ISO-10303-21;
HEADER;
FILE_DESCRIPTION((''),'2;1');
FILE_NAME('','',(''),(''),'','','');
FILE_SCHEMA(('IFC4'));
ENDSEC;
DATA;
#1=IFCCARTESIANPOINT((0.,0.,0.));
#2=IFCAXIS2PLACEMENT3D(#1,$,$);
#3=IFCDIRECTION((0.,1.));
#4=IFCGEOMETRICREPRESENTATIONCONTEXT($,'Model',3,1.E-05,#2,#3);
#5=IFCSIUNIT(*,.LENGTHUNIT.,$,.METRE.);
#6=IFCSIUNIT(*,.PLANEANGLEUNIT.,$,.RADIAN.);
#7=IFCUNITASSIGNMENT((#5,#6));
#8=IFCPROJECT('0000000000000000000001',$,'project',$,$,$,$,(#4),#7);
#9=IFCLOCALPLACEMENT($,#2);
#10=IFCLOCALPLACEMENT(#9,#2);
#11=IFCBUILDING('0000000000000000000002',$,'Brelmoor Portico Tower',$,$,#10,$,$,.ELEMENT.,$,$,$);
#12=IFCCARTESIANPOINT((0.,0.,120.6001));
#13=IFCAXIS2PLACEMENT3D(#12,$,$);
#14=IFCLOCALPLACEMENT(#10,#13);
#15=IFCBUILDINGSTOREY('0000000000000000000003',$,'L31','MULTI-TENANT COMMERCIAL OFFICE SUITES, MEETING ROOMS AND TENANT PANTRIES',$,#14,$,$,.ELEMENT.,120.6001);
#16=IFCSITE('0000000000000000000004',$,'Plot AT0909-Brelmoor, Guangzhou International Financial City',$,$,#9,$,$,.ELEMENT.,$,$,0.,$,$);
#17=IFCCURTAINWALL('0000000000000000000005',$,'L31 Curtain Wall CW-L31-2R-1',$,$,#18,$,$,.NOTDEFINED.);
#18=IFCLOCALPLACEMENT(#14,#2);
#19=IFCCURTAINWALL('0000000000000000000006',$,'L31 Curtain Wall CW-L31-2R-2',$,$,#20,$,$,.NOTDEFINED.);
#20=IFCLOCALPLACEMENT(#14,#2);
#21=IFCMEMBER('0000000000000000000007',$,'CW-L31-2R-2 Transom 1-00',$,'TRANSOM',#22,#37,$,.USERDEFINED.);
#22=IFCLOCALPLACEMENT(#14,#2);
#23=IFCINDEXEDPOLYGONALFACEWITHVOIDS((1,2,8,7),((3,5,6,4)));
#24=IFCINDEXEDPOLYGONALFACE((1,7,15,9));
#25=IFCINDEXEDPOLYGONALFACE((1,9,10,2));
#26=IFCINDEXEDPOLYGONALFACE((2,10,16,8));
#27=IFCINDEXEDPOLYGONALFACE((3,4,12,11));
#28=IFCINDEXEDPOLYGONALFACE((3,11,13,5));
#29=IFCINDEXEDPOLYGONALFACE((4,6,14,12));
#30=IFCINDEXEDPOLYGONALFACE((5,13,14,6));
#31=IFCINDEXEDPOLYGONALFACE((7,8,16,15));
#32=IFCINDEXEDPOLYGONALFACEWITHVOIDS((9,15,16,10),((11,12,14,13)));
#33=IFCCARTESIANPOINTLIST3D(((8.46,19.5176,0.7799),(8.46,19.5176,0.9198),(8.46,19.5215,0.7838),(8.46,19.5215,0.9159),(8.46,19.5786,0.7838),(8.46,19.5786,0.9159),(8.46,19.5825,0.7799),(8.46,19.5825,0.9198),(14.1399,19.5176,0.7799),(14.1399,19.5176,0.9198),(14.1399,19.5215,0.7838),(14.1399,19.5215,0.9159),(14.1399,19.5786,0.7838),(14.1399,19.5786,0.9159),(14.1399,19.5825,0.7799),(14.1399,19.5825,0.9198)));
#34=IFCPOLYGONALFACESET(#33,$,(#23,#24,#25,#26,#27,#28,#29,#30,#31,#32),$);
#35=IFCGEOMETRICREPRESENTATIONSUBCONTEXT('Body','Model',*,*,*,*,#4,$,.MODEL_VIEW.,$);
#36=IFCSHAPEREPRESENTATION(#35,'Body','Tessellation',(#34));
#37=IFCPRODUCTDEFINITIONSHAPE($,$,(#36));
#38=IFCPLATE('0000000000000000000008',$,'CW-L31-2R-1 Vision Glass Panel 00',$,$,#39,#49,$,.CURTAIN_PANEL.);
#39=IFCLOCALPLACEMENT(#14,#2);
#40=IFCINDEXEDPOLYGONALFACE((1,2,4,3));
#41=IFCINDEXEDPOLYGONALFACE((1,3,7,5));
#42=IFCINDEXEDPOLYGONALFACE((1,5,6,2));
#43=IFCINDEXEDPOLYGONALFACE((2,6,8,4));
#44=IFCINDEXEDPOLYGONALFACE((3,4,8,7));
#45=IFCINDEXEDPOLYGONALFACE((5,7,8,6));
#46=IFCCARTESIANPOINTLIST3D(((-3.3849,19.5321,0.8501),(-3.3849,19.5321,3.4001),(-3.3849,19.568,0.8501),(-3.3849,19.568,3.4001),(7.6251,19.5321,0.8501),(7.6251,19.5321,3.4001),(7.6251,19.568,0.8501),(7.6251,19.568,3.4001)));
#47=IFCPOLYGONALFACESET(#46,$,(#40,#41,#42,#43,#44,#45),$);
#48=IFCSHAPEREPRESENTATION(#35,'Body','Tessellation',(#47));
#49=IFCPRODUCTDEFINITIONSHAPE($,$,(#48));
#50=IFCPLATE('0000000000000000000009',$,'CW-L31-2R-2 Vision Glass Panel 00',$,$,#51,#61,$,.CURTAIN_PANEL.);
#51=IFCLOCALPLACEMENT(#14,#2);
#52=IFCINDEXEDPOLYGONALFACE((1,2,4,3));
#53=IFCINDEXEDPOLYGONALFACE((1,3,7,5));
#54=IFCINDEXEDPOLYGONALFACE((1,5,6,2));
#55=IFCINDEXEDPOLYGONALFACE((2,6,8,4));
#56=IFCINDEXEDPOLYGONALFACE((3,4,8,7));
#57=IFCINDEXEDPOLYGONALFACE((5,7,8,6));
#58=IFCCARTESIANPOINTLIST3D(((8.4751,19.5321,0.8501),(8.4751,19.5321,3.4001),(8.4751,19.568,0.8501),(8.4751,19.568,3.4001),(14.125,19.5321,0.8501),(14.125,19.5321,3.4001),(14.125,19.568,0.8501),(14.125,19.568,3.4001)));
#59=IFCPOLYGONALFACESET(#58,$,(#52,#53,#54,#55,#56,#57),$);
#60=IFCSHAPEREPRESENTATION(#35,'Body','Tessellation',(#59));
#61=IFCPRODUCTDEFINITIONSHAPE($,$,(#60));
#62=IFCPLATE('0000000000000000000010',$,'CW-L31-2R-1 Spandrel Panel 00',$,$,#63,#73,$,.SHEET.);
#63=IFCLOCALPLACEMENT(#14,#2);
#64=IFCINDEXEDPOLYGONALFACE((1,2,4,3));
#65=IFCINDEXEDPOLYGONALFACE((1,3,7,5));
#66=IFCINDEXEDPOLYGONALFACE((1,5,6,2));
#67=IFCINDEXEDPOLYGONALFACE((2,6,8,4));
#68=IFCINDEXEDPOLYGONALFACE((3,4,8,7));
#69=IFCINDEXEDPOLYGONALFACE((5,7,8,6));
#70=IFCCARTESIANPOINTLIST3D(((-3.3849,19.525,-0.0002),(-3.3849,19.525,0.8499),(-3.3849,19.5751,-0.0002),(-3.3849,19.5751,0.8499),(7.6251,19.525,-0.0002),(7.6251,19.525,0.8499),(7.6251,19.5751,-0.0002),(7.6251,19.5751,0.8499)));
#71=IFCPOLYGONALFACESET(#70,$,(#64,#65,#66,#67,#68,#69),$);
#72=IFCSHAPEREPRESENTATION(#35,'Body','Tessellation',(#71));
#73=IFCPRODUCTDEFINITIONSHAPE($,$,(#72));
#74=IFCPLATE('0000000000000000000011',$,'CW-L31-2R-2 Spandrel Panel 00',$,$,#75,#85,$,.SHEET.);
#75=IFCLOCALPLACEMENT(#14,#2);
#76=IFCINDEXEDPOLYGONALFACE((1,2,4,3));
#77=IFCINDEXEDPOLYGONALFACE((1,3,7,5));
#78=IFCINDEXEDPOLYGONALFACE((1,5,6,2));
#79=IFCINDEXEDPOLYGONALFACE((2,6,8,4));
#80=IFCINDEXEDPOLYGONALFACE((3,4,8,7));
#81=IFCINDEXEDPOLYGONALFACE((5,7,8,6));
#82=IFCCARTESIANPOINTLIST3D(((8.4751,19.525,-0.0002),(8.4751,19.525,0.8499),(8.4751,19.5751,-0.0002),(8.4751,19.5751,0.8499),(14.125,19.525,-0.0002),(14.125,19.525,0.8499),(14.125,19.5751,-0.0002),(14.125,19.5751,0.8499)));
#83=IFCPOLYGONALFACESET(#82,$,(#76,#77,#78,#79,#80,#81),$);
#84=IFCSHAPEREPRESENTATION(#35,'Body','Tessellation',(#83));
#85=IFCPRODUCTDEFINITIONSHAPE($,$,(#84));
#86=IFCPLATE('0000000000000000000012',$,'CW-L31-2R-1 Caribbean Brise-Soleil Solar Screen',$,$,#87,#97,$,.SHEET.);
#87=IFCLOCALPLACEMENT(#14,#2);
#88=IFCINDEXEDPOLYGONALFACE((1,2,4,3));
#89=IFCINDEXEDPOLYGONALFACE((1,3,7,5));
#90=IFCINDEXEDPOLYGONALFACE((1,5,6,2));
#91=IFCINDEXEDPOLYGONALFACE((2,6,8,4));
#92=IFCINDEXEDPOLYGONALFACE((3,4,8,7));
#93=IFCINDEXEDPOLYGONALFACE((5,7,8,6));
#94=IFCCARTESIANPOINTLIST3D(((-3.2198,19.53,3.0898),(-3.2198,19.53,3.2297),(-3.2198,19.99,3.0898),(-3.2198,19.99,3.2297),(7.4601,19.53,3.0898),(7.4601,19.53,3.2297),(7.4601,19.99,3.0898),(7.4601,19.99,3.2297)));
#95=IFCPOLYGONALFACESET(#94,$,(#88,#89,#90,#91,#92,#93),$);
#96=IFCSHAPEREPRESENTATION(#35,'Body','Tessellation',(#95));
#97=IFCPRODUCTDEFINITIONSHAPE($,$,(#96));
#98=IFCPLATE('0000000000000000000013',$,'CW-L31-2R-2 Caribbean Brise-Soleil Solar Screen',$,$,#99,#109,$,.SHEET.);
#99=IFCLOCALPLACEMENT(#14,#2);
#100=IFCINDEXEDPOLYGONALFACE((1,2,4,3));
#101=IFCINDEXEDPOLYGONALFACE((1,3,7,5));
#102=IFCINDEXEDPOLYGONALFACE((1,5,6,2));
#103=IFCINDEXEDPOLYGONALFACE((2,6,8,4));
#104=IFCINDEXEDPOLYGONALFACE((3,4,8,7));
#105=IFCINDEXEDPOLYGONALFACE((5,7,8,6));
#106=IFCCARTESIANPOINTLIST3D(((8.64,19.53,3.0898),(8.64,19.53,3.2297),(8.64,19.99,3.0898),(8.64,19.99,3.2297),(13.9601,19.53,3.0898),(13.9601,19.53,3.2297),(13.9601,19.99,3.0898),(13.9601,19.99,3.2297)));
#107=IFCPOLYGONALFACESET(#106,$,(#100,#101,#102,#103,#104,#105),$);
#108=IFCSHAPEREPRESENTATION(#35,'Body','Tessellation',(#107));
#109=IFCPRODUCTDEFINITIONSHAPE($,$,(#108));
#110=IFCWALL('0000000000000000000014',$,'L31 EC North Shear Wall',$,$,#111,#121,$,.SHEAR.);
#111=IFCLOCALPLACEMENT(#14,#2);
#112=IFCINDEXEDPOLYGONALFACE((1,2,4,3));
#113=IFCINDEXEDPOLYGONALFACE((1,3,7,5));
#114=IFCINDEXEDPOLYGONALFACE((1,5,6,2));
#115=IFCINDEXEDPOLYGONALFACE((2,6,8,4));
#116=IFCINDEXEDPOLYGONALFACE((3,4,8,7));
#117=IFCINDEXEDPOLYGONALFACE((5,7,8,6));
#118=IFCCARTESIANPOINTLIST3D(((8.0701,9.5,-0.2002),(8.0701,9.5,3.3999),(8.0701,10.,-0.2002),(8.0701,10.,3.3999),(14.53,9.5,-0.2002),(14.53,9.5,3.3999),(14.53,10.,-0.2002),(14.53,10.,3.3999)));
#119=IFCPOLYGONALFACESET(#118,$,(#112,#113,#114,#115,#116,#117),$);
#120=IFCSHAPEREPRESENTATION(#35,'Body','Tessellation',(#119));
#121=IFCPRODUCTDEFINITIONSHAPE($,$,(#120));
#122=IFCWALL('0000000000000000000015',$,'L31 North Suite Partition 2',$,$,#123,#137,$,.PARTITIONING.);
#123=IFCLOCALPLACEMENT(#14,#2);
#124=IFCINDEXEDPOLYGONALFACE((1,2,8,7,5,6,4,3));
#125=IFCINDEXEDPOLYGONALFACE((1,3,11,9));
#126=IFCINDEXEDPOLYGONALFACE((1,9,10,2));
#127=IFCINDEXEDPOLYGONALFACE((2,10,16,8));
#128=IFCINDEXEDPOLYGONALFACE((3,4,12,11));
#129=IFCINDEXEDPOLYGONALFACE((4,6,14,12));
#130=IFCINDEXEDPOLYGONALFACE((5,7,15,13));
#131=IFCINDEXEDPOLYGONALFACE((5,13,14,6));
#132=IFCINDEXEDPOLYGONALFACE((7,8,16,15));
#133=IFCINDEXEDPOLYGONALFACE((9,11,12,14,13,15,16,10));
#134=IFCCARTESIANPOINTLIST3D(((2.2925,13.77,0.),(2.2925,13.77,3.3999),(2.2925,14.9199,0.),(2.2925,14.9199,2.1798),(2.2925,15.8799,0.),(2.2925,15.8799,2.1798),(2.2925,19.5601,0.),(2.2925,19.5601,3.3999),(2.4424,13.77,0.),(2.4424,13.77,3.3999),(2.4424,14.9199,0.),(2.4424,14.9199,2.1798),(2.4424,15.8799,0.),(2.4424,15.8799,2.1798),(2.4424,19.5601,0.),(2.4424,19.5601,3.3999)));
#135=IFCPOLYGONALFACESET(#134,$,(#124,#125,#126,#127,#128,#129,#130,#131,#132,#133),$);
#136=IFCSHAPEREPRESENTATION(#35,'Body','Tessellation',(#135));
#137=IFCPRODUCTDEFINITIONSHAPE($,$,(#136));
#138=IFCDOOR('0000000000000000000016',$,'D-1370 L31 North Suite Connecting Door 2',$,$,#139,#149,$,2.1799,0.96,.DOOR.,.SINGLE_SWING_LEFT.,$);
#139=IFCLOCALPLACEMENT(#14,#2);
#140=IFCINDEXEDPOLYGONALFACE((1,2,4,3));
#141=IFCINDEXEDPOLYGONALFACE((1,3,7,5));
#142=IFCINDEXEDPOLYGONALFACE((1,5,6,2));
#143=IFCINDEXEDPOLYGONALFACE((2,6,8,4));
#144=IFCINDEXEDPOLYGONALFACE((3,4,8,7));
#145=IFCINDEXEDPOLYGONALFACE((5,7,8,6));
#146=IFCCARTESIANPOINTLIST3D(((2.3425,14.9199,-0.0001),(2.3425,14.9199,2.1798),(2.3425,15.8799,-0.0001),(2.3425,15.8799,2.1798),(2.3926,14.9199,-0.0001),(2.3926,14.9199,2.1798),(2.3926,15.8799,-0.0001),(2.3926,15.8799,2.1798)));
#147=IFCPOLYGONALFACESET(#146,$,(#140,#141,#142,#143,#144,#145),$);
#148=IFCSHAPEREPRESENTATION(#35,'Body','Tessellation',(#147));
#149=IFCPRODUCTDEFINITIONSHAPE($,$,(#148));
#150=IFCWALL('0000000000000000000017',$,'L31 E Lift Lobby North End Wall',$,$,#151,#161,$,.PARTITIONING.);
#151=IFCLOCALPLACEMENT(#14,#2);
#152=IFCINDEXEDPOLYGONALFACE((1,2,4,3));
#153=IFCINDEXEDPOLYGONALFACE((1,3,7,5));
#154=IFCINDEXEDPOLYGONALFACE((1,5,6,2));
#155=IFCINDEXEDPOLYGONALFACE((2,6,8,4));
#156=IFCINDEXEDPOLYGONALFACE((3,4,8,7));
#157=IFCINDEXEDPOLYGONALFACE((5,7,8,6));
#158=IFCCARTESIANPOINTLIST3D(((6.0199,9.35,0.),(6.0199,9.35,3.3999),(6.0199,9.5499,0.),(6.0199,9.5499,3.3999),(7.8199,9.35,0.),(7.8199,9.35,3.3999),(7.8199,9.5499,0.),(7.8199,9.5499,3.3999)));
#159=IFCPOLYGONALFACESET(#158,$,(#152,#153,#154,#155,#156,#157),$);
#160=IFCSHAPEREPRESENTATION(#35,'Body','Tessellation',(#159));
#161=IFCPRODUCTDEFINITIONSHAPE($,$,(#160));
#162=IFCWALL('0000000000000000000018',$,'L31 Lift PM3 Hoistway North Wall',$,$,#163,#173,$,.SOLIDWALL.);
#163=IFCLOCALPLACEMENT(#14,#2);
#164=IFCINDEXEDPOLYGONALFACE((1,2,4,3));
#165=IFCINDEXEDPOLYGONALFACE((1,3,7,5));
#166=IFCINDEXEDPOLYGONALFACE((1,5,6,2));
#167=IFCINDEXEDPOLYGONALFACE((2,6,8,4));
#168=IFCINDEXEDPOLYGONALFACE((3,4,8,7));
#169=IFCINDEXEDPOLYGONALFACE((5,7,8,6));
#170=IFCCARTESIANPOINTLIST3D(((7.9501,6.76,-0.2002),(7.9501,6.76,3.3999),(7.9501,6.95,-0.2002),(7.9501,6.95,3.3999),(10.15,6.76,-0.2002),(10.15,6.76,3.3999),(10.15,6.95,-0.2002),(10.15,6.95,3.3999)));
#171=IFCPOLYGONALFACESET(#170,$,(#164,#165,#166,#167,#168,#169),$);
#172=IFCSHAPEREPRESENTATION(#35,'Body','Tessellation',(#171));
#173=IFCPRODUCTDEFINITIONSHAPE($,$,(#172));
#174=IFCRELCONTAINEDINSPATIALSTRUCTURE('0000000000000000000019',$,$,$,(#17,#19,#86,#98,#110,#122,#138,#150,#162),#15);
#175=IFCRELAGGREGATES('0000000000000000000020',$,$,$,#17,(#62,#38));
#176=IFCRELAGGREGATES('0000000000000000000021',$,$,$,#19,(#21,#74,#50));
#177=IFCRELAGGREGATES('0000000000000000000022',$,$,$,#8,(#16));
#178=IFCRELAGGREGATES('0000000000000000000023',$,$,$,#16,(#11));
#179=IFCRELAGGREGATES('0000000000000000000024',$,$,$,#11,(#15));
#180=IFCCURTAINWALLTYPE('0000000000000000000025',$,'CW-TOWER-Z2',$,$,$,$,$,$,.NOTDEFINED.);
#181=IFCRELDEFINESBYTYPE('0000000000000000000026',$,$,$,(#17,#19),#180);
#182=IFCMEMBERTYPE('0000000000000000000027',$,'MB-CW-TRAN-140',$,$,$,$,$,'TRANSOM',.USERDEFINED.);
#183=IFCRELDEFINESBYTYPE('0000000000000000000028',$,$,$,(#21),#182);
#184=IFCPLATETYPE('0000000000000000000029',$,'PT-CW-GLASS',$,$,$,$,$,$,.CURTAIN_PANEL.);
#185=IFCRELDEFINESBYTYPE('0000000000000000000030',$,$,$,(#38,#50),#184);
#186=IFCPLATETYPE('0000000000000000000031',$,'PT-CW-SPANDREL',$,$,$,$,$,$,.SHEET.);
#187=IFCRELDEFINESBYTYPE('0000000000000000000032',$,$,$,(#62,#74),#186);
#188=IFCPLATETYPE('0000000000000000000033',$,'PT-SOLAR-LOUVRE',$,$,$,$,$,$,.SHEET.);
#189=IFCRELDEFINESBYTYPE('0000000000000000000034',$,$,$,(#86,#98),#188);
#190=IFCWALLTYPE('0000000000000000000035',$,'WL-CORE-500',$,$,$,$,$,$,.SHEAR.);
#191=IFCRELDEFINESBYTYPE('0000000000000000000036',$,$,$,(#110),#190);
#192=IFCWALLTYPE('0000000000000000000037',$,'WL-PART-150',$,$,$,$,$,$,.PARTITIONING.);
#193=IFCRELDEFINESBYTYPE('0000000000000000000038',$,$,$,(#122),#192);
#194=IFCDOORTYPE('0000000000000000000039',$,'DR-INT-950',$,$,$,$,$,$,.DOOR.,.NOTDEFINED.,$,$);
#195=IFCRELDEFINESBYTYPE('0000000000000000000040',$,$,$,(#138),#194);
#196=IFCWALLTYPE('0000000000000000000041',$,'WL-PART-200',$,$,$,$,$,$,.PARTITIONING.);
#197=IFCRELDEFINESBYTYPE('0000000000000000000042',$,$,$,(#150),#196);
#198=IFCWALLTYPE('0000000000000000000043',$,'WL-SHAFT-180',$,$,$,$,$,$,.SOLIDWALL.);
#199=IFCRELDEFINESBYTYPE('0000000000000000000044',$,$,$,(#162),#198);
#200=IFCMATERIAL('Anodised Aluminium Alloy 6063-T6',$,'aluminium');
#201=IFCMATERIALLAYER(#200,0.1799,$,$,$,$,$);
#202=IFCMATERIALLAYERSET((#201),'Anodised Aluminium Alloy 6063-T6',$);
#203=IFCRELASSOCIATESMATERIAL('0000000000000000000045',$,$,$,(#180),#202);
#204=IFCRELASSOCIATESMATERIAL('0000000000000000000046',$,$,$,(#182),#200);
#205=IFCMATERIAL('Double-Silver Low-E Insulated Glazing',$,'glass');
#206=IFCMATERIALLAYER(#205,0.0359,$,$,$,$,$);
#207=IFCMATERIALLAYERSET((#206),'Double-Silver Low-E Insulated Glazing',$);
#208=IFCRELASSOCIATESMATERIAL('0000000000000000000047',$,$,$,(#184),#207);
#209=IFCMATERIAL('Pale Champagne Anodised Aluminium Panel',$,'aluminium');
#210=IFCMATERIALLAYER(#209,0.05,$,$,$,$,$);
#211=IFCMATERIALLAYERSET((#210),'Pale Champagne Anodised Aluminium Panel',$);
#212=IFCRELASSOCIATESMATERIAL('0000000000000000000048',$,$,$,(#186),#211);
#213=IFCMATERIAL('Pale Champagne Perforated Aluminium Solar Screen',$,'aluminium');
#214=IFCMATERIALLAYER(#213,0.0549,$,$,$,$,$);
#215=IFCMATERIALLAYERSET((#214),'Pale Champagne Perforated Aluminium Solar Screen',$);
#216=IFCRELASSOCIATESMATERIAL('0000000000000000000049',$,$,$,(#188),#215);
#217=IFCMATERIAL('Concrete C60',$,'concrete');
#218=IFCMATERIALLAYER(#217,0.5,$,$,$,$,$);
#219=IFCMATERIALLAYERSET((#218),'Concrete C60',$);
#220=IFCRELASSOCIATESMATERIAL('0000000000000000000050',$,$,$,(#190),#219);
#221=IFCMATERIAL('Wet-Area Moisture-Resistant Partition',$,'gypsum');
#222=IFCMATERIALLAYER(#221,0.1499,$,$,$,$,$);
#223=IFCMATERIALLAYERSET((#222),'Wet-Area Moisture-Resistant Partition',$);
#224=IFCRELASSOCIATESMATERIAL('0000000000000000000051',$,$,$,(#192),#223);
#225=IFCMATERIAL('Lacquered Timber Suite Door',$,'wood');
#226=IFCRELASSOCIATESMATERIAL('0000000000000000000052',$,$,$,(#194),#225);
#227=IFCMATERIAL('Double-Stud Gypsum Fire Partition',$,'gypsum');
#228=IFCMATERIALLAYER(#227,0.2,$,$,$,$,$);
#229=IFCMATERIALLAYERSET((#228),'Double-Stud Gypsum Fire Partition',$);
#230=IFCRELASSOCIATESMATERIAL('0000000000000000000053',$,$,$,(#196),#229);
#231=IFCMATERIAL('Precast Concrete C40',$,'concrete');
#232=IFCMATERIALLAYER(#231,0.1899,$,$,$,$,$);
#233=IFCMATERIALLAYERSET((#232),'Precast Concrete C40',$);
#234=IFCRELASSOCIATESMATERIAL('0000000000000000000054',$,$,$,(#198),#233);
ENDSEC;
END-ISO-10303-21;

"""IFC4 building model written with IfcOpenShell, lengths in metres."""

from ifc_helpers import new_model, si_unit, direction, frame, frame_2d, origin, origin_2d, place, context, subcontext, project, spatial, rectangle, hollow_rectangle, extrude, material, layer, layer_set, material_profile, profile_set, type_object, element, fill, aggregate, save


model = new_model("IFC4")

# Units and contexts
model_context = context("Model", 3, precision=1e-05, world=origin(), true_north=direction((0.0, 1.0)))
body_context = subcontext(model_context, "Body", "Model", "MODEL_VIEW")
ifc_project = project(units=[si_unit("LENGTHUNIT", "METRE"), si_unit("PLANEANGLEUNIT", "RADIAN")], contexts=[model_context])

# Site, building, storey
site_placement = place(None, origin())
site = spatial("IfcSite", under=ifc_project, at=site_placement, Name="Plot AT0909-Brelmoor, Guangzhou International Financial City", CompositionType="ELEMENT", RefElevation=0.0)
building_placement = place(site_placement, origin())
building = spatial("IfcBuilding", under=site, at=building_placement, Name="Brelmoor Portico Tower", CompositionType="ELEMENT")
storey_placement = place(building_placement, frame((0.0, 0.0, 120.6001)))
storey = spatial("IfcBuildingStorey", under=building, at=storey_placement, Name="L31", Description="MULTI-TENANT COMMERCIAL OFFICE SUITES, MEETING ROOMS AND TENANT PANTRIES", CompositionType="ELEMENT", Elevation=120.6001)

# Curtain wall
ifc_material_1 = material(Name="Anodised Aluminium Alloy 6063-T6", Category="aluminium")
ifc_layer_1 = layer(ifc_material_1, 0.1799)
ifc_layer_set_1 = layer_set([ifc_layer_1], Name="Anodised Aluminium Alloy 6063-T6")
curtain_wall_type = type_object("IfcCurtainWallType", Name="CW-TOWER-Z2", PredefinedType="NOTDEFINED", material=ifc_layer_set_1)
curtain_wall_1_placement = place(storey_placement, origin())
curtain_wall_1 = element("IfcCurtainWall", 1, at=curtain_wall_1_placement, inside=storey, type_object=curtain_wall_type, Name="L31 Curtain Wall CW-L31-2R-1", PredefinedType="NOTDEFINED")

# Curtain wall, member
curtain_wall_2_placement = place(storey_placement, origin())
curtain_wall_2 = element("IfcCurtainWall", 2, at=curtain_wall_2_placement, inside=storey, type_object=curtain_wall_type, Name="L31 Curtain Wall CW-L31-2R-2", PredefinedType="NOTDEFINED")
ifc_material_profile_1 = material_profile(ifc_material_1, hollow_rectangle(XDim=0.0649, YDim=0.1399, WallThickness=0.0039, at=origin_2d()), Name="ALU TRANSOM 65x140")
ifc_profile_set_1 = profile_set([ifc_material_profile_1], Name="Anodised Aluminium Alloy 6063-T6")
member_type_1 = type_object("IfcMemberType", Name="MB-CW-TRAN-140", ElementType="TRANSOM", PredefinedType="USERDEFINED", material=ifc_profile_set_1)
member_1_placement = place(storey_placement, frame((8.46, 19.55, 0.8499), z_axis=(1.0, 0.0, 0.0), x_axis=(0.0, 1.0, 0.0)))
member_1 = element("IfcMember", 3, at=member_1_placement, type_object=member_type_1, Name="CW-L31-2R-2 Transom 1-00", ObjectType="TRANSOM", PredefinedType="USERDEFINED", context=body_context, shape_type="SweptSolid", body=[
    extrude(hollow_rectangle(XDim=0.0649, YDim=0.1399, WallThickness=0.0039, at=origin_2d()), origin(), (0.0, 0.0, 1.0), 5.6799),
])

# Plates
ifc_material_2 = material(Name="Double-Silver Low-E Insulated Glazing", Category="glass")
ifc_layer_2 = layer(ifc_material_2, 0.0359)
ifc_layer_set_2 = layer_set([ifc_layer_2], Name="Double-Silver Low-E Insulated Glazing")
plate_type_1 = type_object("IfcPlateType", Name="PT-CW-GLASS", PredefinedType="CURTAIN_PANEL", material=ifc_layer_set_2)
plate_1_placement = place(storey_placement, frame((2.1201, 19.55, 0.8501), z_axis=(0.0, 0.0, 1.0), x_axis=(1.0, 0.0, 0.0)))
plate_1 = element("IfcPlate", 4, at=plate_1_placement, type_object=plate_type_1, Name="CW-L31-2R-1 Vision Glass Panel 00", PredefinedType="CURTAIN_PANEL", context=body_context, shape_type="SweptSolid", body=[
    extrude(rectangle(XDim=11.01, YDim=0.0359, at=origin_2d()), origin(), (0.0, 0.0, 1.0), 2.55),
])
plate_2_placement = place(storey_placement, frame((11.3, 19.55, 0.8501), z_axis=(0.0, 0.0, 1.0), x_axis=(1.0, 0.0, 0.0)))
plate_2 = element("IfcPlate", 5, at=plate_2_placement, type_object=plate_type_1, Name="CW-L31-2R-2 Vision Glass Panel 00", PredefinedType="CURTAIN_PANEL", context=body_context, shape_type="SweptSolid", body=[
    extrude(rectangle(XDim=5.6499, YDim=0.0359, at=origin_2d()), origin(), (0.0, 0.0, 1.0), 2.55),
])
ifc_material_3 = material(Name="Pale Champagne Anodised Aluminium Panel", Category="aluminium")
ifc_layer_3 = layer(ifc_material_3, 0.05)
ifc_layer_set_3 = layer_set([ifc_layer_3], Name="Pale Champagne Anodised Aluminium Panel")
plate_type_2 = type_object("IfcPlateType", Name="PT-CW-SPANDREL", PredefinedType="SHEET", material=ifc_layer_set_3)
plate_3_placement = place(storey_placement, frame((2.1201, 19.55, -0.0002), z_axis=(0.0, 0.0, 1.0), x_axis=(1.0, 0.0, 0.0)))
plate_3 = element("IfcPlate", 6, at=plate_3_placement, type_object=plate_type_2, Name="CW-L31-2R-1 Spandrel Panel 00", PredefinedType="SHEET", context=body_context, shape_type="SweptSolid", body=[
    extrude(rectangle(XDim=11.01, YDim=0.05, at=origin_2d()), origin(), (0.0, 0.0, 1.0), 0.8501),
])
aggregate(curtain_wall_1, [plate_3, plate_1])
plate_4_placement = place(storey_placement, frame((11.3, 19.55, -0.0002), z_axis=(0.0, 0.0, 1.0), x_axis=(1.0, 0.0, 0.0)))
plate_4 = element("IfcPlate", 7, at=plate_4_placement, type_object=plate_type_2, Name="CW-L31-2R-2 Spandrel Panel 00", PredefinedType="SHEET", context=body_context, shape_type="SweptSolid", body=[
    extrude(rectangle(XDim=5.6499, YDim=0.05, at=origin_2d()), origin(), (0.0, 0.0, 1.0), 0.8501),
])
aggregate(curtain_wall_2, [member_1, plate_4, plate_2])

# Plates
ifc_material_4 = material(Name="Pale Champagne Perforated Aluminium Solar Screen", Category="aluminium")
ifc_layer_4 = layer(ifc_material_4, 0.0549)
ifc_layer_set_4 = layer_set([ifc_layer_4], Name="Pale Champagne Perforated Aluminium Solar Screen")
plate_type_3 = type_object("IfcPlateType", Name="PT-SOLAR-LOUVRE", PredefinedType="SHEET", material=ifc_layer_set_4)
plate_5_placement = place(storey_placement, frame((2.1201, 19.76, 3.0898), z_axis=(0.0, 0.0, 1.0), x_axis=(1.0, 0.0, 0.0)))
element("IfcPlate", 8, at=plate_5_placement, inside=storey, type_object=plate_type_3, Name="CW-L31-2R-1 Caribbean Brise-Soleil Solar Screen", PredefinedType="SHEET", context=body_context, shape_type="SweptSolid", body=[
    extrude(rectangle(XDim=10.6799, YDim=0.46, at=origin_2d()), origin(), (0.0, 0.0, 1.0), 0.1399),
])
plate_6_placement = place(storey_placement, frame((11.3, 19.76, 3.0898), z_axis=(0.0, 0.0, 1.0), x_axis=(1.0, 0.0, 0.0)))
element("IfcPlate", 9, at=plate_6_placement, inside=storey, type_object=plate_type_3, Name="CW-L31-2R-2 Caribbean Brise-Soleil Solar Screen", PredefinedType="SHEET", context=body_context, shape_type="SweptSolid", body=[
    extrude(rectangle(XDim=5.3201, YDim=0.46, at=origin_2d()), origin(), (0.0, 0.0, 1.0), 0.1399),
])

# Wall
ifc_material_5 = material(Name="Concrete C60", Category="concrete")
ifc_layer_5 = layer(ifc_material_5, 0.5)
ifc_layer_set_5 = layer_set([ifc_layer_5], Name="Concrete C60")
wall_type_1 = type_object("IfcWallType", Name="WL-CORE-500", PredefinedType="SHEAR", material=ifc_layer_set_5)
wall_1_placement = place(storey_placement, frame((8.0701, 9.75, -0.2002), z_axis=(0.0, 0.0, 1.0), x_axis=(1.0, 0.0, 0.0)))
element("IfcWall", 10, at=wall_1_placement, inside=storey, type_object=wall_type_1, Name="L31 EC North Shear Wall", PredefinedType="SHEAR", context=body_context, shape_type="SweptSolid", body=[
    extrude(rectangle(XDim=6.46, YDim=0.5, at=frame_2d((3.23, 0.0))), origin(), (0.0, 0.0, 1.0), 3.6001),
])

# Wall, opening, door
ifc_material_6 = material(Name="Wet-Area Moisture-Resistant Partition", Category="gypsum")
ifc_layer_6 = layer(ifc_material_6, 0.1499)
ifc_layer_set_6 = layer_set([ifc_layer_6], Name="Wet-Area Moisture-Resistant Partition")
wall_type_2 = type_object("IfcWallType", Name="WL-PART-150", PredefinedType="PARTITIONING", material=ifc_layer_set_6)
wall_2_placement = place(storey_placement, frame((2.3674, 13.77, 0.0), z_axis=(0.0, 0.0, 1.0), x_axis=(0.0, 1.0, 0.0)))
wall_2 = element("IfcWall", 11, at=wall_2_placement, inside=storey, type_object=wall_type_2, Name="L31 North Suite Partition 2", PredefinedType="PARTITIONING", context=body_context, shape_type="SweptSolid", body=[
    extrude(rectangle(XDim=5.79, YDim=0.1499, at=frame_2d((2.895, 0.0))), origin(), (0.0, 0.0, 1.0), 3.3999),
])
opening_1_placement = place(wall_2_placement, frame((1.1499, 0.0, 0.0)))
opening_1 = element("IfcOpeningElement", 12, at=opening_1_placement, cuts=wall_2, PredefinedType="OPENING", context=body_context, shape_type="SweptSolid", body=[
    extrude(rectangle(XDim=0.96, YDim=2.1799, at=frame_2d((0.48, 1.0898))), frame((0.0, 0.085, 0.0), z_axis=(0.0, -1.0, 0.0), x_axis=(1.0, 0.0, 0.0)), (0.0, 0.0, 1.0), 0.1699),
])
ifc_material_7 = material(Name="Lacquered Timber Suite Door", Category="wood")
door_type_1 = type_object("IfcDoorType", Name="DR-INT-950", OperationType="NOTDEFINED", PredefinedType="DOOR", material=ifc_material_7)
door_1_placement = place(opening_1_placement, origin())
door_1 = element("IfcDoor", 13, at=door_1_placement, inside=storey, type_object=door_type_1, Name="D-1370 L31 North Suite Connecting Door 2", OperationType="SINGLE_SWING_LEFT", OverallHeight=2.1799, OverallWidth=0.96, PredefinedType="DOOR", context=body_context, shape_type="SweptSolid", body=[
    extrude(rectangle(XDim=0.96, YDim=2.1799, at=frame_2d((0.48, 1.0898))), frame((0.0, 0.0249, 0.0), z_axis=(0.0, -1.0, 0.0), x_axis=(1.0, 0.0, 0.0)), (0.0, 0.0, 1.0), 0.05),
])
fill(opening_1, door_1)

# Walls
ifc_material_8 = material(Name="Double-Stud Gypsum Fire Partition", Category="gypsum")
ifc_layer_7 = layer(ifc_material_8, 0.2)
ifc_layer_set_7 = layer_set([ifc_layer_7], Name="Double-Stud Gypsum Fire Partition")
wall_type_3 = type_object("IfcWallType", Name="WL-PART-200", PredefinedType="PARTITIONING", material=ifc_layer_set_7)
wall_3_placement = place(storey_placement, frame((6.02, 9.45, 0.0), z_axis=(0.0, 0.0, 1.0), x_axis=(1.0, 0.0, 0.0)))
element("IfcWall", 14, at=wall_3_placement, inside=storey, type_object=wall_type_3, Name="L31 E Lift Lobby North End Wall", PredefinedType="PARTITIONING", context=body_context, shape_type="SweptSolid", body=[
    extrude(rectangle(XDim=1.8, YDim=0.2, at=frame_2d((0.8999, 0.0))), origin(), (0.0, 0.0, 1.0), 3.3999),
])
ifc_material_9 = material(Name="Precast Concrete C40", Category="concrete")
ifc_layer_8 = layer(ifc_material_9, 0.1899)
ifc_layer_set_8 = layer_set([ifc_layer_8], Name="Precast Concrete C40")
wall_type_4 = type_object("IfcWallType", Name="WL-SHAFT-180", PredefinedType="SOLIDWALL", material=ifc_layer_set_8)
wall_4_placement = place(storey_placement, frame((7.95, 6.855, -0.2002), z_axis=(0.0, 0.0, 1.0), x_axis=(1.0, 0.0, 0.0)))
element("IfcWall", 15, at=wall_4_placement, inside=storey, type_object=wall_type_4, Name="L31 Lift PM3 Hoistway North Wall", PredefinedType="SOLIDWALL", context=body_context, shape_type="SweptSolid", body=[
    extrude(rectangle(XDim=2.2, YDim=0.1899, at=frame_2d((1.1001, 0.0))), origin(), (0.0, 0.0, 1.0), 3.6001),
])

save(model, "model.ifc")
